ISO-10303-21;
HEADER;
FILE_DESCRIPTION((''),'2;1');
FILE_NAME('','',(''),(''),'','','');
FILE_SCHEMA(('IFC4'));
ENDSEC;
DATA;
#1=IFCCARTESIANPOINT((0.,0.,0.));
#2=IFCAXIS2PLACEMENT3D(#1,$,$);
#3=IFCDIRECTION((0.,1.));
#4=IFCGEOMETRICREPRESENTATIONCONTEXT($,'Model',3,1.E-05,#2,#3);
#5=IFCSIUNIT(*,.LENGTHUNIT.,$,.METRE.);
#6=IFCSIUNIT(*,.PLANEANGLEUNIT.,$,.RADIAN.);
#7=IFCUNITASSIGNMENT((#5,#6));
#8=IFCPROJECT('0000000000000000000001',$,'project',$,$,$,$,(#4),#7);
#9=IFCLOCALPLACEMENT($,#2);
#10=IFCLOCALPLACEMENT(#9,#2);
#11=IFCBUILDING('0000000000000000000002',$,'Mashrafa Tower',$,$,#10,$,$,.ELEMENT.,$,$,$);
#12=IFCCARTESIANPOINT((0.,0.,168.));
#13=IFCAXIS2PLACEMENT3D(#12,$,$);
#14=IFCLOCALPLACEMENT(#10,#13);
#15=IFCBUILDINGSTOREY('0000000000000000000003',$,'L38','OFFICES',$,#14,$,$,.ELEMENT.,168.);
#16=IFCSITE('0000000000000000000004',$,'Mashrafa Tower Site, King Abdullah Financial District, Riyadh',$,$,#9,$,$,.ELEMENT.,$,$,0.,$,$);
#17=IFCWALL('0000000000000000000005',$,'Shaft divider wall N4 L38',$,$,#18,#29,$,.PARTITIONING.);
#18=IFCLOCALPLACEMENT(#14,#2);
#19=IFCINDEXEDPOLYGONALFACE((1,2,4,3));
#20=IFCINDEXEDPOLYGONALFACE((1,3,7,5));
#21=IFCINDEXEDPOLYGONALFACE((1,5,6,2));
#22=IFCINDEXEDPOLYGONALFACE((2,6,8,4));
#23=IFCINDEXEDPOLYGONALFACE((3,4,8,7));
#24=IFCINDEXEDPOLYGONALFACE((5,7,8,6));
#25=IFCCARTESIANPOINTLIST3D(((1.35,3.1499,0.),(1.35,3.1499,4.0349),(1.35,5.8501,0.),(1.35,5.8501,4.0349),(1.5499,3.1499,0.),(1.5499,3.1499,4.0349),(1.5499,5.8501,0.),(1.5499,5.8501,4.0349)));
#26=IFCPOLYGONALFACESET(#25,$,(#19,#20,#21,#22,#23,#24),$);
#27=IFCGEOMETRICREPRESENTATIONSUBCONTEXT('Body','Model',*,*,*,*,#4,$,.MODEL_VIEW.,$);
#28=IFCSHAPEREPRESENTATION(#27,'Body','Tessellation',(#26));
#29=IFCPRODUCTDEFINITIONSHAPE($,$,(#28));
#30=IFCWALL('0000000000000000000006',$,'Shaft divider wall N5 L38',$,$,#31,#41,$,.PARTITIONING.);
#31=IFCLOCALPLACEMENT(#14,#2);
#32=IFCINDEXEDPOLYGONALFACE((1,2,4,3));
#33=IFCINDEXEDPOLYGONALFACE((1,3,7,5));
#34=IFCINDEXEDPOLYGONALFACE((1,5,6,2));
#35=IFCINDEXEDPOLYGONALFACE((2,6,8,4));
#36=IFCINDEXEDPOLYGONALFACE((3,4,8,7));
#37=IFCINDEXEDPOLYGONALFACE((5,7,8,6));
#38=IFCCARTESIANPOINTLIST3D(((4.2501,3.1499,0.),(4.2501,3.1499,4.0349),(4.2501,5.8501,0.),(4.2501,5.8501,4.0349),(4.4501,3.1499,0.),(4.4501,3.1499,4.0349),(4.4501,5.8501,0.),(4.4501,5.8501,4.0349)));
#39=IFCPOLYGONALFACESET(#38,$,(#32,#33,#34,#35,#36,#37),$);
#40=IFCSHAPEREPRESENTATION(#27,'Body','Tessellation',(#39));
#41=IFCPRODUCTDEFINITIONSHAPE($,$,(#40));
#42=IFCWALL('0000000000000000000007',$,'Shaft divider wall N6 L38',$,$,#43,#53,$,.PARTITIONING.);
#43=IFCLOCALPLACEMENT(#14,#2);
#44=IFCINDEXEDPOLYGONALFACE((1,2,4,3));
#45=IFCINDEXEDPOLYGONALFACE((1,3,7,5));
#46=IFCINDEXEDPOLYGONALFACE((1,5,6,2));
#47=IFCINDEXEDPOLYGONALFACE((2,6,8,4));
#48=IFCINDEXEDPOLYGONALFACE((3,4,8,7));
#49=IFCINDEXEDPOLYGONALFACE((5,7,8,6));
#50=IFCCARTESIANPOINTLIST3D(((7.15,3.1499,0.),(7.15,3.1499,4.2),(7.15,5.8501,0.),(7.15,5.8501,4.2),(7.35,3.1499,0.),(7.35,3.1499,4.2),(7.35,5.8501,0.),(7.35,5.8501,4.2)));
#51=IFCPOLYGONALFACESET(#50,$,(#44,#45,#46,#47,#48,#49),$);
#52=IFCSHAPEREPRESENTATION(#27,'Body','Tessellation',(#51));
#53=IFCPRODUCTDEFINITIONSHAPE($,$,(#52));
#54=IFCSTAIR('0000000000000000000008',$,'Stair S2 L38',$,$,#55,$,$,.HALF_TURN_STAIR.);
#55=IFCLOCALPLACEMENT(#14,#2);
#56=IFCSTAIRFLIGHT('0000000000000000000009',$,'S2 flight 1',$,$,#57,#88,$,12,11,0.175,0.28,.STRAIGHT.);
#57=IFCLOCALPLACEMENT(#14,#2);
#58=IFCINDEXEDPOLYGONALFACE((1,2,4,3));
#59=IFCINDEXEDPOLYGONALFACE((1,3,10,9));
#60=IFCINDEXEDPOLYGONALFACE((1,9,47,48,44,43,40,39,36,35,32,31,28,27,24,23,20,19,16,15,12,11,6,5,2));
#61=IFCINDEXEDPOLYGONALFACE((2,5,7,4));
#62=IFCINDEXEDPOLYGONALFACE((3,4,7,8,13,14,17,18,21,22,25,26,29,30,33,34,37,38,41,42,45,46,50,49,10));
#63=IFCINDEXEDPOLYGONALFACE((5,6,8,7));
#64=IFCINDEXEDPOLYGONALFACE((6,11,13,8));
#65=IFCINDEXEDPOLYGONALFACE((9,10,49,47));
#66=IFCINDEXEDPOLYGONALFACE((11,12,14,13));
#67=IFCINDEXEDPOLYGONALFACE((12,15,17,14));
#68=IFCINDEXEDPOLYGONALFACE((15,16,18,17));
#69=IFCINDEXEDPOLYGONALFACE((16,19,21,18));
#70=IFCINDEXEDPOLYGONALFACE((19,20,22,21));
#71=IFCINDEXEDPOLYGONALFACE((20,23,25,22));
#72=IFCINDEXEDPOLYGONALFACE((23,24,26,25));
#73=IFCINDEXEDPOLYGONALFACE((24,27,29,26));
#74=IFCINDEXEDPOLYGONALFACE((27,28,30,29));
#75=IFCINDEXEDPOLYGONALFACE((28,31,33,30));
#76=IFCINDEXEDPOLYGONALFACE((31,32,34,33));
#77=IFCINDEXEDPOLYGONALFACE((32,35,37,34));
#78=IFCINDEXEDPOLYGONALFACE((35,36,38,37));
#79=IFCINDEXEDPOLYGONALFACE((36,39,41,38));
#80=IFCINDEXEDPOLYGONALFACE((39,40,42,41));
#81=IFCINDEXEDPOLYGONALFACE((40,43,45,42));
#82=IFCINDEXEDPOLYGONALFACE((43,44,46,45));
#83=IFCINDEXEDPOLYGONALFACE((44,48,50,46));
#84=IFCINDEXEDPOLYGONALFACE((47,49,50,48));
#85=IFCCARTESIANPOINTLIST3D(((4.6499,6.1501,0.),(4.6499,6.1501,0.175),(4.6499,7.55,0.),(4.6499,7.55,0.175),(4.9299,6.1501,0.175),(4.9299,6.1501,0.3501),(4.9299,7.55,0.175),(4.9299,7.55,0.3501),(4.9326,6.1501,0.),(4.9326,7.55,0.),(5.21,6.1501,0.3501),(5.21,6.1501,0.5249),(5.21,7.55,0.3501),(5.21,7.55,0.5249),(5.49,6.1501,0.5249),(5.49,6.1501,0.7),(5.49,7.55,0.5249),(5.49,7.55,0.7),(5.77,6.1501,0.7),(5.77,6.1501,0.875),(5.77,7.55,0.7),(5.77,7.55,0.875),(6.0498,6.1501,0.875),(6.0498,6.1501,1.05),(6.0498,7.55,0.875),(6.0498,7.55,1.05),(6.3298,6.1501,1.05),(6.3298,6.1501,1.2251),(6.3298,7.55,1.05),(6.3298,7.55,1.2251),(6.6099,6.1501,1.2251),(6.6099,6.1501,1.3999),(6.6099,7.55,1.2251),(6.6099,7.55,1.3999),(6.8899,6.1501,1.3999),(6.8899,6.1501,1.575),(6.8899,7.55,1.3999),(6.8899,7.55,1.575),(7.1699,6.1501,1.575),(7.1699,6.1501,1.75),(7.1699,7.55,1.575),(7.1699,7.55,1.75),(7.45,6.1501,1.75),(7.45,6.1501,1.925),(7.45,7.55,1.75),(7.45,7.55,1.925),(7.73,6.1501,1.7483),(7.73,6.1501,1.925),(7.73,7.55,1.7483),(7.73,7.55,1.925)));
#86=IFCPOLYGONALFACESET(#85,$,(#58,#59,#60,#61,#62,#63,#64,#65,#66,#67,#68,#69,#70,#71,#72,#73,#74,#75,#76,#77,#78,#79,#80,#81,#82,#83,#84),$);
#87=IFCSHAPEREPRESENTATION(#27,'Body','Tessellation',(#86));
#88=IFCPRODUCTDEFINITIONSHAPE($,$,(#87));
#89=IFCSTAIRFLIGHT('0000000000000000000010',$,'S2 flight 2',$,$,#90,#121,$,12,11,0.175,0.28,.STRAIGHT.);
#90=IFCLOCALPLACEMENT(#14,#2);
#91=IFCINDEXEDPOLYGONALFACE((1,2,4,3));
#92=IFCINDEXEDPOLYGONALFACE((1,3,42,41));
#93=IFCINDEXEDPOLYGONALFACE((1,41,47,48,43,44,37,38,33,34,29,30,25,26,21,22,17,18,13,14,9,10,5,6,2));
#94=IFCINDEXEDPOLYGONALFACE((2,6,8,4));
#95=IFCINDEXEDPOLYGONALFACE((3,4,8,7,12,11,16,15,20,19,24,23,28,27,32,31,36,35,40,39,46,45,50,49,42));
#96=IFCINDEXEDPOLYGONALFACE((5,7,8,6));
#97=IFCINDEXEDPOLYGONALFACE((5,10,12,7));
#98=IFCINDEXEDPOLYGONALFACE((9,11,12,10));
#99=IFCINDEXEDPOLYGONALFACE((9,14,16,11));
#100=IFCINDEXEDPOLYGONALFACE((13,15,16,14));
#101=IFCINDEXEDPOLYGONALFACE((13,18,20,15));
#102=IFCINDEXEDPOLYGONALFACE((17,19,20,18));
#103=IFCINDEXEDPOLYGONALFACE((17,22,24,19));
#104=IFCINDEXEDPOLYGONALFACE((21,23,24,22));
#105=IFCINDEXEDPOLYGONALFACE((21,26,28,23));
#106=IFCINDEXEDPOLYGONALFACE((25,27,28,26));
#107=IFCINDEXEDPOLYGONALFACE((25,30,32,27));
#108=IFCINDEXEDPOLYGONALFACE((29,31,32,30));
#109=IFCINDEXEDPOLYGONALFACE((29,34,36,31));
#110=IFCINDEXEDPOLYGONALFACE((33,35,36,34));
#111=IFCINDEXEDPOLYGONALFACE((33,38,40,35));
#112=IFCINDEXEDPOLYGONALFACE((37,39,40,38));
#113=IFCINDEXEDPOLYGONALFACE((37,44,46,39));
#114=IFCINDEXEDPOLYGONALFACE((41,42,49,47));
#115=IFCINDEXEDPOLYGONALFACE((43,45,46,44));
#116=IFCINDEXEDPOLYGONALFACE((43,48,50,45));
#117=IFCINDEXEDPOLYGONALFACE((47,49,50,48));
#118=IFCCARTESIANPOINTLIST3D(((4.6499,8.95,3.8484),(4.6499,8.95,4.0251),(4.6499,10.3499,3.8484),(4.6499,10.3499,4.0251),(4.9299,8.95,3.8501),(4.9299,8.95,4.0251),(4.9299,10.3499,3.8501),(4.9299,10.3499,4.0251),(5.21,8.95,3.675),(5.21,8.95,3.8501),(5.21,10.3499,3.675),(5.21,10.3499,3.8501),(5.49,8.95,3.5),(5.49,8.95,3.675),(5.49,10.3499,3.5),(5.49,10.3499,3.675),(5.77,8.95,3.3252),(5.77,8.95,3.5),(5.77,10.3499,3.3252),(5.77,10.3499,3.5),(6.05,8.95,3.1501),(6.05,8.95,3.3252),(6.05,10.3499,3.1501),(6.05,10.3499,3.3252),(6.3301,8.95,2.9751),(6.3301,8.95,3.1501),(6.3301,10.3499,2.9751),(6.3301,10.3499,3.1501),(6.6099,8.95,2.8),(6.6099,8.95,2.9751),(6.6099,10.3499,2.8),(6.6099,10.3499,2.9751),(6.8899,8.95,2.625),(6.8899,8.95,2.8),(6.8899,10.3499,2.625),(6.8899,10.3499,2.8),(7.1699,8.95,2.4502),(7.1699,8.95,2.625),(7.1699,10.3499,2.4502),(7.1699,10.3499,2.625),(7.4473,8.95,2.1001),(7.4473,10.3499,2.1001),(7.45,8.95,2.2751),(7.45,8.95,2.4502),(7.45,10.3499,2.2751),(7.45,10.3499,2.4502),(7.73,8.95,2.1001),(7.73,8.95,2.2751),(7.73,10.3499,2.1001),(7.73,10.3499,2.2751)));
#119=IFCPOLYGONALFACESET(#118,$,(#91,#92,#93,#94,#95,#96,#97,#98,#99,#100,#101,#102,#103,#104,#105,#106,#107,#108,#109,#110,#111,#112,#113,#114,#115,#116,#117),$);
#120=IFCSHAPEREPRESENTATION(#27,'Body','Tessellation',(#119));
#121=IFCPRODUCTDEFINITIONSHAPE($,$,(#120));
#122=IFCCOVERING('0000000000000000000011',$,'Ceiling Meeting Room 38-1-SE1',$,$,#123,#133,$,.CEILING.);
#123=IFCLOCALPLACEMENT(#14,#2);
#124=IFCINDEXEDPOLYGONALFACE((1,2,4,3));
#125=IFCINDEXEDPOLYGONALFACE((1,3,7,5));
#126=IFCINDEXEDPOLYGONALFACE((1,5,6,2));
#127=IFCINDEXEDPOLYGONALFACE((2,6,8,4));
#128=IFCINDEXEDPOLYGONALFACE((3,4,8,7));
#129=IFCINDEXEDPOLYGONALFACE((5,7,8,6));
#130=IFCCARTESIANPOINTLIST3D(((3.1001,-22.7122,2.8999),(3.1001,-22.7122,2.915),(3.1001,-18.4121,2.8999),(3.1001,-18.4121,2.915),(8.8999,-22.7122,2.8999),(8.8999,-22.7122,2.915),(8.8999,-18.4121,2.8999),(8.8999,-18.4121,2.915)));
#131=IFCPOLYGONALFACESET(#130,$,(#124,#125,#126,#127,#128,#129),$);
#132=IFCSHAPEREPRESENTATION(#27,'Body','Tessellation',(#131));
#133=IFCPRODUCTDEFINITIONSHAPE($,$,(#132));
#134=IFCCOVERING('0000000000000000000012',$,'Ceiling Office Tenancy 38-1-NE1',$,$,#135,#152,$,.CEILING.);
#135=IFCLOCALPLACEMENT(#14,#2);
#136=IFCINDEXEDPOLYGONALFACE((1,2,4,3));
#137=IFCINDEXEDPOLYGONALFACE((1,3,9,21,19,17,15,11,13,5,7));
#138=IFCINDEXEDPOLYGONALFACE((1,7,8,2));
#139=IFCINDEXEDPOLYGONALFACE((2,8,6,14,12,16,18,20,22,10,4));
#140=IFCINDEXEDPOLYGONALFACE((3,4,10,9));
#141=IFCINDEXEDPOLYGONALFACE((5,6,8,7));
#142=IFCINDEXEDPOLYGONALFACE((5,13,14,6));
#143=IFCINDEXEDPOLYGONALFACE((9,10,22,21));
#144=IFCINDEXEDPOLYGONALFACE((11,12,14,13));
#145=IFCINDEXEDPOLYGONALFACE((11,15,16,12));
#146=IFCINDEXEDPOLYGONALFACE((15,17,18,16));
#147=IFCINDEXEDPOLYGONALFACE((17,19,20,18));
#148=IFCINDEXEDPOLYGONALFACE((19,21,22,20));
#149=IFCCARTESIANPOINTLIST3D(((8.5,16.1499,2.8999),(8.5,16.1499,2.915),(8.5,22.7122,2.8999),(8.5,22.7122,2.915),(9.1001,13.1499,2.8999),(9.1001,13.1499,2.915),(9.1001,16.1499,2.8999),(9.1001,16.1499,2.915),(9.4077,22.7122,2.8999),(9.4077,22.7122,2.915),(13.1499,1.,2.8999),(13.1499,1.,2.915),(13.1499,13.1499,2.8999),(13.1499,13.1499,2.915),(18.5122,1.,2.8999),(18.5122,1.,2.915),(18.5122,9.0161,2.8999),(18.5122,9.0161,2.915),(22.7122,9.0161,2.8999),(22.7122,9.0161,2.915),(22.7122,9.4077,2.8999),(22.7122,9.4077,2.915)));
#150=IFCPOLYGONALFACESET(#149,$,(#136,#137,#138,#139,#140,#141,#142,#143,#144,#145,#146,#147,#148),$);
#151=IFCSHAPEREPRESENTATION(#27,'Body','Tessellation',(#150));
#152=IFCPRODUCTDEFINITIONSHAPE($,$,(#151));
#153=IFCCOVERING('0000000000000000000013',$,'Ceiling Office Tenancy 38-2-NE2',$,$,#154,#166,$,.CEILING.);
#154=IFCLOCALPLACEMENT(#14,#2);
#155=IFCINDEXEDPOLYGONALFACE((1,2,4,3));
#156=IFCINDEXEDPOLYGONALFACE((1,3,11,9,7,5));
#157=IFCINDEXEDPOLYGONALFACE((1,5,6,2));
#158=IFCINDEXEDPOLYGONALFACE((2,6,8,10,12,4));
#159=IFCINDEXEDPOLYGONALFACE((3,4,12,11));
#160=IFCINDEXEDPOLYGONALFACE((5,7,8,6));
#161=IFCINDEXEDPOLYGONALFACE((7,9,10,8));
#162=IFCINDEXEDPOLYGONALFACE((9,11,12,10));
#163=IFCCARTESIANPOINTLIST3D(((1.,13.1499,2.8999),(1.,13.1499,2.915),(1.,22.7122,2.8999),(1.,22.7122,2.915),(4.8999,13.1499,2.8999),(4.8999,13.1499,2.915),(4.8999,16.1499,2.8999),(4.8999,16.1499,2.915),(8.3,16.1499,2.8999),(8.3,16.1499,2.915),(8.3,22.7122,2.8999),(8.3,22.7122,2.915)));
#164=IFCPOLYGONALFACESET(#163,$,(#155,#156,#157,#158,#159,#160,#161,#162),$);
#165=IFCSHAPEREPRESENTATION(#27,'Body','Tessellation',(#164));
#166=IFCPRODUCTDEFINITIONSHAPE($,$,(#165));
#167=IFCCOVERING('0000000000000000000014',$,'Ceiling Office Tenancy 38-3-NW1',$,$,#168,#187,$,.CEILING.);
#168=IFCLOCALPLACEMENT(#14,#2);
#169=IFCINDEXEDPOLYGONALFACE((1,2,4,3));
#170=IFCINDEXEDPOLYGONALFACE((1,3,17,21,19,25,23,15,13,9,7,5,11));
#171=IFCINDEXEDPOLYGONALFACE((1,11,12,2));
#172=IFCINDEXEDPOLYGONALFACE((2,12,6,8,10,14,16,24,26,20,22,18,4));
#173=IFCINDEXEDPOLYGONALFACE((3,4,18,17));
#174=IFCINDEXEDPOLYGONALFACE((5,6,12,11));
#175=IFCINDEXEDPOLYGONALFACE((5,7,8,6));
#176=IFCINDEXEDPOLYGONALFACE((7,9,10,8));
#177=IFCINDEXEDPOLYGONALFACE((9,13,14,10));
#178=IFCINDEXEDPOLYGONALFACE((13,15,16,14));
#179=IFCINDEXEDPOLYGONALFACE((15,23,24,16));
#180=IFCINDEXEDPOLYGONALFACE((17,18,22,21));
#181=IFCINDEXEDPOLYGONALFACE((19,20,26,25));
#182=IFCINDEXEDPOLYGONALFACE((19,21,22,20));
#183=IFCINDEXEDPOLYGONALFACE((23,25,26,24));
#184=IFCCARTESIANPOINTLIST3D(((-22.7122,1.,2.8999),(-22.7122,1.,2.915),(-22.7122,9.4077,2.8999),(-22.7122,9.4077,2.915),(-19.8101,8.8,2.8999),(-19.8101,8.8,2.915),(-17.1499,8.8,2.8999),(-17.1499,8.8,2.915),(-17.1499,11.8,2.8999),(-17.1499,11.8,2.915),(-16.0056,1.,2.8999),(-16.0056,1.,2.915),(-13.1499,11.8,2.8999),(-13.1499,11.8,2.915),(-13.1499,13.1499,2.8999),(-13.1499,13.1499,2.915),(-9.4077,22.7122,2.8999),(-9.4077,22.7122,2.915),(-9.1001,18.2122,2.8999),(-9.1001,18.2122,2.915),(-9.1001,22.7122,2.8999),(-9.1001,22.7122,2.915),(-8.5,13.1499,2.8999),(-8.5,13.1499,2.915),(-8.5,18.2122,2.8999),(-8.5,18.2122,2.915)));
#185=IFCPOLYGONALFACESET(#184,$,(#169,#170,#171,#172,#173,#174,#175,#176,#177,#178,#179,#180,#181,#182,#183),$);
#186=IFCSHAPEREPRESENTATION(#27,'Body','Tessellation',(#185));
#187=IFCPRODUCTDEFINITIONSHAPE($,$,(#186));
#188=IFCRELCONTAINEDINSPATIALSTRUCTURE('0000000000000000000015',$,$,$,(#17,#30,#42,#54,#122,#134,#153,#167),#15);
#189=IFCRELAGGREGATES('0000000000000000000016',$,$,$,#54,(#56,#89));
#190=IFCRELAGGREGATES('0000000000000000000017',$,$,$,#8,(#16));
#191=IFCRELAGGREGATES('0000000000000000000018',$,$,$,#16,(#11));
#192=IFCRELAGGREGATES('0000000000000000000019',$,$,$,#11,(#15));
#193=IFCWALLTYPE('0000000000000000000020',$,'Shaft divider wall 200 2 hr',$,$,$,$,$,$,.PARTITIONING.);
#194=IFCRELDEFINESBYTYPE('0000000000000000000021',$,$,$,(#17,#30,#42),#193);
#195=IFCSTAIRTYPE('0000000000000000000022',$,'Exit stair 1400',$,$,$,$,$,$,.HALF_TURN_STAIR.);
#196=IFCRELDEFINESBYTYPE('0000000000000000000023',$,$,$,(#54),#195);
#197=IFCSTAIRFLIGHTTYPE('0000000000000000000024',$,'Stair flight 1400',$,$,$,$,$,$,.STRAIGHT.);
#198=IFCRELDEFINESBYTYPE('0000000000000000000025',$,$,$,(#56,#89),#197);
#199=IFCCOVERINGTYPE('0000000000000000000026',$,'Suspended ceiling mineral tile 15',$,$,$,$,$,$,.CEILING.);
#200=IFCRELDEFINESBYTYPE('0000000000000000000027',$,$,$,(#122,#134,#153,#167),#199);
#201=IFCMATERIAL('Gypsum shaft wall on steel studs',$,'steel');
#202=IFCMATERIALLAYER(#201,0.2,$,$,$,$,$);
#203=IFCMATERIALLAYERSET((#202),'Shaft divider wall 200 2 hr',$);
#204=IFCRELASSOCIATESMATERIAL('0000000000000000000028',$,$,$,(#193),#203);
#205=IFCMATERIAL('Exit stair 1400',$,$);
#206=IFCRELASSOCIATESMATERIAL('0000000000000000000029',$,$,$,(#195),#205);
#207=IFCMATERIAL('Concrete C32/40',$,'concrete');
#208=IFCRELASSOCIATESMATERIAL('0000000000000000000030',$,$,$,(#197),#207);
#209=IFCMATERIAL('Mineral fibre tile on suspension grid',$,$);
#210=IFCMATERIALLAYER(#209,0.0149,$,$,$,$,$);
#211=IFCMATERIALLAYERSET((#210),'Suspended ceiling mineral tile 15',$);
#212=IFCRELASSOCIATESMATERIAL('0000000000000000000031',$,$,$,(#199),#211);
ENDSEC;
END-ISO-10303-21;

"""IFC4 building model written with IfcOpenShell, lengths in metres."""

from ifc_helpers import new_model, si_unit, direction, frame, frame_2d, origin, place, context, subcontext, project, spatial, polyline, rectangle, outline, extrude, material, layer, layer_set, type_object, element, aggregate, save


model = new_model("IFC4")

# Units and contexts
model_context = context("Model", 3, precision=1e-05, world=origin(), true_north=direction((0.0, 1.0)))
body_context = subcontext(model_context, "Body", "Model", "MODEL_VIEW")
ifc_project = project(units=[si_unit("LENGTHUNIT", "METRE"), si_unit("PLANEANGLEUNIT", "RADIAN")], contexts=[model_context])

# Site, building, storey
site_placement = place(None, origin())
site = spatial("IfcSite", under=ifc_project, at=site_placement, Name="Mashrafa Tower Site, King Abdullah Financial District, Riyadh", CompositionType="ELEMENT", RefElevation=0.0)
building_placement = place(site_placement, origin())
building = spatial("IfcBuilding", under=site, at=building_placement, Name="Mashrafa Tower", CompositionType="ELEMENT")
storey_placement = place(building_placement, frame((0.0, 0.0, 168.0)))
storey = spatial("IfcBuildingStorey", under=building, at=storey_placement, Name="L38", Description="OFFICES", CompositionType="ELEMENT", Elevation=168.0)

# Walls
ifc_material_1 = material(Name="Gypsum shaft wall on steel studs", Category="steel")
ifc_layer_1 = layer(ifc_material_1, 0.2)
ifc_layer_set_1 = layer_set([ifc_layer_1], Name="Shaft divider wall 200 2 hr")
wall_type_1 = type_object("IfcWallType", Name="Shaft divider wall 200 2 hr", PredefinedType="PARTITIONING", material=ifc_layer_set_1)
for number, where, z_axis, x_axis, name in (
    (1, (1.45, 3.1499, 0.0), (0.0, 0.0, 1.0), (0.0, 1.0, 0.0), "Shaft divider wall N4 L38"),
    (2, (4.3501, 3.1499, 0.0), (0.0, 0.0, 1.0), (0.0, 1.0, 0.0), "Shaft divider wall N5 L38"),
):
    element("IfcWall", number, at=place(storey_placement, frame(where, z_axis=z_axis, x_axis=x_axis)), inside=storey, type_object=wall_type_1, Name=name, PredefinedType="PARTITIONING", context=body_context, shape_type="SweptSolid", body=[
        extrude(rectangle(XDim=2.7002, YDim=0.2, at=frame_2d((1.3501, 0.0))), origin(), (0.0, 0.0, 1.0), 4.0349),
    ])
wall_1_placement = place(storey_placement, frame((7.25, 3.1499, 0.0), z_axis=(0.0, 0.0, 1.0), x_axis=(0.0, 1.0, 0.0)))
element("IfcWall", 3, at=wall_1_placement, inside=storey, type_object=wall_type_1, Name="Shaft divider wall N6 L38", PredefinedType="PARTITIONING", context=body_context, shape_type="SweptSolid", body=[
    extrude(rectangle(XDim=2.7002, YDim=0.2, at=frame_2d((1.3501, 0.0))), origin(), (0.0, 0.0, 1.0), 4.2),
])

# Stair, stair flights
ifc_material_2 = material(Name="Exit stair 1400")
stair_type = type_object("IfcStairType", Name="Exit stair 1400", PredefinedType="HALF_TURN_STAIR", material=ifc_material_2)
stair_placement = place(storey_placement, origin())
stair = element("IfcStair", 4, at=stair_placement, inside=storey, type_object=stair_type, Name="Stair S2 L38", PredefinedType="HALF_TURN_STAIR")
ifc_material_3 = material(Name="Concrete C32/40", Category="concrete")
stair_flight_type = type_object("IfcStairFlightType", Name="Stair flight 1400", PredefinedType="STRAIGHT", material=ifc_material_3)
stair_flight_1_placement = place(storey_placement, frame((4.6499, 6.8501, 0.0), z_axis=(0.0, 0.0, 1.0), x_axis=(1.0, 0.0, 0.0)))
stair_flight_1 = element("IfcStairFlight", 5, at=stair_flight_1_placement, type_object=stair_flight_type, Name="S2 flight 1", NumberOfRisers=12, NumberOfTreads=11, PredefinedType="STRAIGHT", RiserHeight=0.175, TreadLength=0.28, context=body_context, shape_type="SweptSolid", body=[
    extrude(outline(polyline([(0.0, 0.0), (0.0, 0.175), (0.28, 0.175), (0.28, 0.3501), (0.5601, 0.3501), (0.5601, 0.5249), (0.8401, 0.5249), (0.8401, 0.7), (1.1201, 0.7), (1.1201, 0.875), (1.3999, 0.875), (1.3999, 1.05), (1.6799, 1.05), (1.6799, 1.2251), (1.96, 1.2251), (1.96, 1.3999), (2.24, 1.3999), (2.24, 1.575), (2.52, 1.575), (2.52, 1.75), (2.8, 1.75), (2.8, 1.925), (3.0801, 1.925), (3.0801, 2.1001), (3.0801, 1.7483), (0.2827, 0.0), (0.0, 0.0)])), frame((0.0, 0.7, 0.0), z_axis=(0.0, -1.0, 0.0), x_axis=(1.0, 0.0, 0.0)), (0.0, 0.0, 1.0), 1.3999),
])
stair_flight_2_placement = place(storey_placement, frame((7.73, 9.6499, 2.1001), z_axis=(0.0, 0.0, 1.0), x_axis=(-1.0, 0.0, 0.0)))
stair_flight_2 = element("IfcStairFlight", 6, at=stair_flight_2_placement, type_object=stair_flight_type, Name="S2 flight 2", NumberOfRisers=12, NumberOfTreads=11, PredefinedType="STRAIGHT", RiserHeight=0.175, TreadLength=0.28, context=body_context, shape_type="SweptSolid", body=[
    extrude(outline(polyline([(0.0, 0.0), (0.0, 0.175), (0.28, 0.175), (0.28, 0.3501), (0.5601, 0.3501), (0.5601, 0.5249), (0.8401, 0.5249), (0.8401, 0.7), (1.1201, 0.7), (1.1201, 0.875), (1.3999, 0.875), (1.3999, 1.05), (1.6799, 1.05), (1.6799, 1.2251), (1.96, 1.2251), (1.96, 1.3999), (2.24, 1.3999), (2.24, 1.575), (2.52, 1.575), (2.52, 1.75), (2.8, 1.75), (2.8, 1.925), (3.0801, 1.925), (3.0801, 2.1001), (3.0801, 1.7483), (0.2827, 0.0), (0.0, 0.0)])), frame((0.0, 0.7, 0.0), z_axis=(0.0, -1.0, 0.0), x_axis=(1.0, 0.0, 0.0)), (0.0, 0.0, 1.0), 1.3999),
])
aggregate(stair, [stair_flight_1, stair_flight_2])

# Coverings
ifc_material_4 = material(Name="Mineral fibre tile on suspension grid")
ifc_layer_2 = layer(ifc_material_4, 0.0149)
ifc_layer_set_2 = layer_set([ifc_layer_2], Name="Suspended ceiling mineral tile 15")
covering_type = type_object("IfcCoveringType", Name="Suspended ceiling mineral tile 15", PredefinedType="CEILING", material=ifc_layer_set_2)
covering_1_placement = place(storey_placement, frame((0.0, 0.0, 2.8999)))
element("IfcCovering", 7, at=covering_1_placement, inside=storey, type_object=covering_type, Name="Ceiling Meeting Room 38-1-SE1", PredefinedType="CEILING", context=body_context, shape_type="SweptSolid", body=[
    extrude(outline(polyline([(3.1001, -18.4121), (8.8999, -18.4121), (8.8999, -22.7122), (3.1001, -22.7122), (3.1001, -18.4121)])), origin(), (0.0, 0.0, 1.0), 0.0151),
])
covering_2_placement = place(storey_placement, frame((0.0, 0.0, 2.8999)))
element("IfcCovering", 8, at=covering_2_placement, inside=storey, type_object=covering_type, Name="Ceiling Office Tenancy 38-1-NE1", PredefinedType="CEILING", context=body_context, shape_type="SweptSolid", body=[
    extrude(outline(polyline([(8.5, 16.1499), (8.5, 22.7122), (9.4077, 22.7122), (22.7122, 9.4077), (22.7122, 9.0161), (18.5122, 9.0161), (18.5122, 1.0), (13.1499, 1.0), (13.1499, 13.1499), (9.1001, 13.1499), (9.1001, 16.1499), (8.5, 16.1499)])), origin(), (0.0, 0.0, 1.0), 0.0151),
])
covering_3_placement = place(storey_placement, frame((0.0, 0.0, 2.8999)))
element("IfcCovering", 9, at=covering_3_placement, inside=storey, type_object=covering_type, Name="Ceiling Office Tenancy 38-2-NE2", PredefinedType="CEILING", context=body_context, shape_type="SweptSolid", body=[
    extrude(outline(polyline([(1.0, 22.7122), (8.3, 22.7122), (8.3, 16.1499), (4.8999, 16.1499), (4.8999, 13.1499), (1.0, 13.1499), (1.0, 22.7122)])), origin(), (0.0, 0.0, 1.0), 0.0151),
])
covering_4_placement = place(storey_placement, frame((0.0, 0.0, 2.8999)))
element("IfcCovering", 10, at=covering_4_placement, inside=storey, type_object=covering_type, Name="Ceiling Office Tenancy 38-3-NW1", PredefinedType="CEILING", context=body_context, shape_type="SweptSolid", body=[
    extrude(outline(polyline([(-22.7122, 1.0), (-22.7122, 9.4077), (-9.4077, 22.7122), (-9.1001, 22.7122), (-9.1001, 18.2122), (-8.5, 18.2122), (-8.5, 13.1499), (-13.1499, 13.1499), (-13.1499, 11.8), (-17.1499, 11.8), (-17.1499, 8.8), (-19.8101, 8.8), (-16.0056, 1.0), (-22.7122, 1.0)])), origin(), (0.0, 0.0, 1.0), 0.0151),
])

save(model, "model.ifc")
